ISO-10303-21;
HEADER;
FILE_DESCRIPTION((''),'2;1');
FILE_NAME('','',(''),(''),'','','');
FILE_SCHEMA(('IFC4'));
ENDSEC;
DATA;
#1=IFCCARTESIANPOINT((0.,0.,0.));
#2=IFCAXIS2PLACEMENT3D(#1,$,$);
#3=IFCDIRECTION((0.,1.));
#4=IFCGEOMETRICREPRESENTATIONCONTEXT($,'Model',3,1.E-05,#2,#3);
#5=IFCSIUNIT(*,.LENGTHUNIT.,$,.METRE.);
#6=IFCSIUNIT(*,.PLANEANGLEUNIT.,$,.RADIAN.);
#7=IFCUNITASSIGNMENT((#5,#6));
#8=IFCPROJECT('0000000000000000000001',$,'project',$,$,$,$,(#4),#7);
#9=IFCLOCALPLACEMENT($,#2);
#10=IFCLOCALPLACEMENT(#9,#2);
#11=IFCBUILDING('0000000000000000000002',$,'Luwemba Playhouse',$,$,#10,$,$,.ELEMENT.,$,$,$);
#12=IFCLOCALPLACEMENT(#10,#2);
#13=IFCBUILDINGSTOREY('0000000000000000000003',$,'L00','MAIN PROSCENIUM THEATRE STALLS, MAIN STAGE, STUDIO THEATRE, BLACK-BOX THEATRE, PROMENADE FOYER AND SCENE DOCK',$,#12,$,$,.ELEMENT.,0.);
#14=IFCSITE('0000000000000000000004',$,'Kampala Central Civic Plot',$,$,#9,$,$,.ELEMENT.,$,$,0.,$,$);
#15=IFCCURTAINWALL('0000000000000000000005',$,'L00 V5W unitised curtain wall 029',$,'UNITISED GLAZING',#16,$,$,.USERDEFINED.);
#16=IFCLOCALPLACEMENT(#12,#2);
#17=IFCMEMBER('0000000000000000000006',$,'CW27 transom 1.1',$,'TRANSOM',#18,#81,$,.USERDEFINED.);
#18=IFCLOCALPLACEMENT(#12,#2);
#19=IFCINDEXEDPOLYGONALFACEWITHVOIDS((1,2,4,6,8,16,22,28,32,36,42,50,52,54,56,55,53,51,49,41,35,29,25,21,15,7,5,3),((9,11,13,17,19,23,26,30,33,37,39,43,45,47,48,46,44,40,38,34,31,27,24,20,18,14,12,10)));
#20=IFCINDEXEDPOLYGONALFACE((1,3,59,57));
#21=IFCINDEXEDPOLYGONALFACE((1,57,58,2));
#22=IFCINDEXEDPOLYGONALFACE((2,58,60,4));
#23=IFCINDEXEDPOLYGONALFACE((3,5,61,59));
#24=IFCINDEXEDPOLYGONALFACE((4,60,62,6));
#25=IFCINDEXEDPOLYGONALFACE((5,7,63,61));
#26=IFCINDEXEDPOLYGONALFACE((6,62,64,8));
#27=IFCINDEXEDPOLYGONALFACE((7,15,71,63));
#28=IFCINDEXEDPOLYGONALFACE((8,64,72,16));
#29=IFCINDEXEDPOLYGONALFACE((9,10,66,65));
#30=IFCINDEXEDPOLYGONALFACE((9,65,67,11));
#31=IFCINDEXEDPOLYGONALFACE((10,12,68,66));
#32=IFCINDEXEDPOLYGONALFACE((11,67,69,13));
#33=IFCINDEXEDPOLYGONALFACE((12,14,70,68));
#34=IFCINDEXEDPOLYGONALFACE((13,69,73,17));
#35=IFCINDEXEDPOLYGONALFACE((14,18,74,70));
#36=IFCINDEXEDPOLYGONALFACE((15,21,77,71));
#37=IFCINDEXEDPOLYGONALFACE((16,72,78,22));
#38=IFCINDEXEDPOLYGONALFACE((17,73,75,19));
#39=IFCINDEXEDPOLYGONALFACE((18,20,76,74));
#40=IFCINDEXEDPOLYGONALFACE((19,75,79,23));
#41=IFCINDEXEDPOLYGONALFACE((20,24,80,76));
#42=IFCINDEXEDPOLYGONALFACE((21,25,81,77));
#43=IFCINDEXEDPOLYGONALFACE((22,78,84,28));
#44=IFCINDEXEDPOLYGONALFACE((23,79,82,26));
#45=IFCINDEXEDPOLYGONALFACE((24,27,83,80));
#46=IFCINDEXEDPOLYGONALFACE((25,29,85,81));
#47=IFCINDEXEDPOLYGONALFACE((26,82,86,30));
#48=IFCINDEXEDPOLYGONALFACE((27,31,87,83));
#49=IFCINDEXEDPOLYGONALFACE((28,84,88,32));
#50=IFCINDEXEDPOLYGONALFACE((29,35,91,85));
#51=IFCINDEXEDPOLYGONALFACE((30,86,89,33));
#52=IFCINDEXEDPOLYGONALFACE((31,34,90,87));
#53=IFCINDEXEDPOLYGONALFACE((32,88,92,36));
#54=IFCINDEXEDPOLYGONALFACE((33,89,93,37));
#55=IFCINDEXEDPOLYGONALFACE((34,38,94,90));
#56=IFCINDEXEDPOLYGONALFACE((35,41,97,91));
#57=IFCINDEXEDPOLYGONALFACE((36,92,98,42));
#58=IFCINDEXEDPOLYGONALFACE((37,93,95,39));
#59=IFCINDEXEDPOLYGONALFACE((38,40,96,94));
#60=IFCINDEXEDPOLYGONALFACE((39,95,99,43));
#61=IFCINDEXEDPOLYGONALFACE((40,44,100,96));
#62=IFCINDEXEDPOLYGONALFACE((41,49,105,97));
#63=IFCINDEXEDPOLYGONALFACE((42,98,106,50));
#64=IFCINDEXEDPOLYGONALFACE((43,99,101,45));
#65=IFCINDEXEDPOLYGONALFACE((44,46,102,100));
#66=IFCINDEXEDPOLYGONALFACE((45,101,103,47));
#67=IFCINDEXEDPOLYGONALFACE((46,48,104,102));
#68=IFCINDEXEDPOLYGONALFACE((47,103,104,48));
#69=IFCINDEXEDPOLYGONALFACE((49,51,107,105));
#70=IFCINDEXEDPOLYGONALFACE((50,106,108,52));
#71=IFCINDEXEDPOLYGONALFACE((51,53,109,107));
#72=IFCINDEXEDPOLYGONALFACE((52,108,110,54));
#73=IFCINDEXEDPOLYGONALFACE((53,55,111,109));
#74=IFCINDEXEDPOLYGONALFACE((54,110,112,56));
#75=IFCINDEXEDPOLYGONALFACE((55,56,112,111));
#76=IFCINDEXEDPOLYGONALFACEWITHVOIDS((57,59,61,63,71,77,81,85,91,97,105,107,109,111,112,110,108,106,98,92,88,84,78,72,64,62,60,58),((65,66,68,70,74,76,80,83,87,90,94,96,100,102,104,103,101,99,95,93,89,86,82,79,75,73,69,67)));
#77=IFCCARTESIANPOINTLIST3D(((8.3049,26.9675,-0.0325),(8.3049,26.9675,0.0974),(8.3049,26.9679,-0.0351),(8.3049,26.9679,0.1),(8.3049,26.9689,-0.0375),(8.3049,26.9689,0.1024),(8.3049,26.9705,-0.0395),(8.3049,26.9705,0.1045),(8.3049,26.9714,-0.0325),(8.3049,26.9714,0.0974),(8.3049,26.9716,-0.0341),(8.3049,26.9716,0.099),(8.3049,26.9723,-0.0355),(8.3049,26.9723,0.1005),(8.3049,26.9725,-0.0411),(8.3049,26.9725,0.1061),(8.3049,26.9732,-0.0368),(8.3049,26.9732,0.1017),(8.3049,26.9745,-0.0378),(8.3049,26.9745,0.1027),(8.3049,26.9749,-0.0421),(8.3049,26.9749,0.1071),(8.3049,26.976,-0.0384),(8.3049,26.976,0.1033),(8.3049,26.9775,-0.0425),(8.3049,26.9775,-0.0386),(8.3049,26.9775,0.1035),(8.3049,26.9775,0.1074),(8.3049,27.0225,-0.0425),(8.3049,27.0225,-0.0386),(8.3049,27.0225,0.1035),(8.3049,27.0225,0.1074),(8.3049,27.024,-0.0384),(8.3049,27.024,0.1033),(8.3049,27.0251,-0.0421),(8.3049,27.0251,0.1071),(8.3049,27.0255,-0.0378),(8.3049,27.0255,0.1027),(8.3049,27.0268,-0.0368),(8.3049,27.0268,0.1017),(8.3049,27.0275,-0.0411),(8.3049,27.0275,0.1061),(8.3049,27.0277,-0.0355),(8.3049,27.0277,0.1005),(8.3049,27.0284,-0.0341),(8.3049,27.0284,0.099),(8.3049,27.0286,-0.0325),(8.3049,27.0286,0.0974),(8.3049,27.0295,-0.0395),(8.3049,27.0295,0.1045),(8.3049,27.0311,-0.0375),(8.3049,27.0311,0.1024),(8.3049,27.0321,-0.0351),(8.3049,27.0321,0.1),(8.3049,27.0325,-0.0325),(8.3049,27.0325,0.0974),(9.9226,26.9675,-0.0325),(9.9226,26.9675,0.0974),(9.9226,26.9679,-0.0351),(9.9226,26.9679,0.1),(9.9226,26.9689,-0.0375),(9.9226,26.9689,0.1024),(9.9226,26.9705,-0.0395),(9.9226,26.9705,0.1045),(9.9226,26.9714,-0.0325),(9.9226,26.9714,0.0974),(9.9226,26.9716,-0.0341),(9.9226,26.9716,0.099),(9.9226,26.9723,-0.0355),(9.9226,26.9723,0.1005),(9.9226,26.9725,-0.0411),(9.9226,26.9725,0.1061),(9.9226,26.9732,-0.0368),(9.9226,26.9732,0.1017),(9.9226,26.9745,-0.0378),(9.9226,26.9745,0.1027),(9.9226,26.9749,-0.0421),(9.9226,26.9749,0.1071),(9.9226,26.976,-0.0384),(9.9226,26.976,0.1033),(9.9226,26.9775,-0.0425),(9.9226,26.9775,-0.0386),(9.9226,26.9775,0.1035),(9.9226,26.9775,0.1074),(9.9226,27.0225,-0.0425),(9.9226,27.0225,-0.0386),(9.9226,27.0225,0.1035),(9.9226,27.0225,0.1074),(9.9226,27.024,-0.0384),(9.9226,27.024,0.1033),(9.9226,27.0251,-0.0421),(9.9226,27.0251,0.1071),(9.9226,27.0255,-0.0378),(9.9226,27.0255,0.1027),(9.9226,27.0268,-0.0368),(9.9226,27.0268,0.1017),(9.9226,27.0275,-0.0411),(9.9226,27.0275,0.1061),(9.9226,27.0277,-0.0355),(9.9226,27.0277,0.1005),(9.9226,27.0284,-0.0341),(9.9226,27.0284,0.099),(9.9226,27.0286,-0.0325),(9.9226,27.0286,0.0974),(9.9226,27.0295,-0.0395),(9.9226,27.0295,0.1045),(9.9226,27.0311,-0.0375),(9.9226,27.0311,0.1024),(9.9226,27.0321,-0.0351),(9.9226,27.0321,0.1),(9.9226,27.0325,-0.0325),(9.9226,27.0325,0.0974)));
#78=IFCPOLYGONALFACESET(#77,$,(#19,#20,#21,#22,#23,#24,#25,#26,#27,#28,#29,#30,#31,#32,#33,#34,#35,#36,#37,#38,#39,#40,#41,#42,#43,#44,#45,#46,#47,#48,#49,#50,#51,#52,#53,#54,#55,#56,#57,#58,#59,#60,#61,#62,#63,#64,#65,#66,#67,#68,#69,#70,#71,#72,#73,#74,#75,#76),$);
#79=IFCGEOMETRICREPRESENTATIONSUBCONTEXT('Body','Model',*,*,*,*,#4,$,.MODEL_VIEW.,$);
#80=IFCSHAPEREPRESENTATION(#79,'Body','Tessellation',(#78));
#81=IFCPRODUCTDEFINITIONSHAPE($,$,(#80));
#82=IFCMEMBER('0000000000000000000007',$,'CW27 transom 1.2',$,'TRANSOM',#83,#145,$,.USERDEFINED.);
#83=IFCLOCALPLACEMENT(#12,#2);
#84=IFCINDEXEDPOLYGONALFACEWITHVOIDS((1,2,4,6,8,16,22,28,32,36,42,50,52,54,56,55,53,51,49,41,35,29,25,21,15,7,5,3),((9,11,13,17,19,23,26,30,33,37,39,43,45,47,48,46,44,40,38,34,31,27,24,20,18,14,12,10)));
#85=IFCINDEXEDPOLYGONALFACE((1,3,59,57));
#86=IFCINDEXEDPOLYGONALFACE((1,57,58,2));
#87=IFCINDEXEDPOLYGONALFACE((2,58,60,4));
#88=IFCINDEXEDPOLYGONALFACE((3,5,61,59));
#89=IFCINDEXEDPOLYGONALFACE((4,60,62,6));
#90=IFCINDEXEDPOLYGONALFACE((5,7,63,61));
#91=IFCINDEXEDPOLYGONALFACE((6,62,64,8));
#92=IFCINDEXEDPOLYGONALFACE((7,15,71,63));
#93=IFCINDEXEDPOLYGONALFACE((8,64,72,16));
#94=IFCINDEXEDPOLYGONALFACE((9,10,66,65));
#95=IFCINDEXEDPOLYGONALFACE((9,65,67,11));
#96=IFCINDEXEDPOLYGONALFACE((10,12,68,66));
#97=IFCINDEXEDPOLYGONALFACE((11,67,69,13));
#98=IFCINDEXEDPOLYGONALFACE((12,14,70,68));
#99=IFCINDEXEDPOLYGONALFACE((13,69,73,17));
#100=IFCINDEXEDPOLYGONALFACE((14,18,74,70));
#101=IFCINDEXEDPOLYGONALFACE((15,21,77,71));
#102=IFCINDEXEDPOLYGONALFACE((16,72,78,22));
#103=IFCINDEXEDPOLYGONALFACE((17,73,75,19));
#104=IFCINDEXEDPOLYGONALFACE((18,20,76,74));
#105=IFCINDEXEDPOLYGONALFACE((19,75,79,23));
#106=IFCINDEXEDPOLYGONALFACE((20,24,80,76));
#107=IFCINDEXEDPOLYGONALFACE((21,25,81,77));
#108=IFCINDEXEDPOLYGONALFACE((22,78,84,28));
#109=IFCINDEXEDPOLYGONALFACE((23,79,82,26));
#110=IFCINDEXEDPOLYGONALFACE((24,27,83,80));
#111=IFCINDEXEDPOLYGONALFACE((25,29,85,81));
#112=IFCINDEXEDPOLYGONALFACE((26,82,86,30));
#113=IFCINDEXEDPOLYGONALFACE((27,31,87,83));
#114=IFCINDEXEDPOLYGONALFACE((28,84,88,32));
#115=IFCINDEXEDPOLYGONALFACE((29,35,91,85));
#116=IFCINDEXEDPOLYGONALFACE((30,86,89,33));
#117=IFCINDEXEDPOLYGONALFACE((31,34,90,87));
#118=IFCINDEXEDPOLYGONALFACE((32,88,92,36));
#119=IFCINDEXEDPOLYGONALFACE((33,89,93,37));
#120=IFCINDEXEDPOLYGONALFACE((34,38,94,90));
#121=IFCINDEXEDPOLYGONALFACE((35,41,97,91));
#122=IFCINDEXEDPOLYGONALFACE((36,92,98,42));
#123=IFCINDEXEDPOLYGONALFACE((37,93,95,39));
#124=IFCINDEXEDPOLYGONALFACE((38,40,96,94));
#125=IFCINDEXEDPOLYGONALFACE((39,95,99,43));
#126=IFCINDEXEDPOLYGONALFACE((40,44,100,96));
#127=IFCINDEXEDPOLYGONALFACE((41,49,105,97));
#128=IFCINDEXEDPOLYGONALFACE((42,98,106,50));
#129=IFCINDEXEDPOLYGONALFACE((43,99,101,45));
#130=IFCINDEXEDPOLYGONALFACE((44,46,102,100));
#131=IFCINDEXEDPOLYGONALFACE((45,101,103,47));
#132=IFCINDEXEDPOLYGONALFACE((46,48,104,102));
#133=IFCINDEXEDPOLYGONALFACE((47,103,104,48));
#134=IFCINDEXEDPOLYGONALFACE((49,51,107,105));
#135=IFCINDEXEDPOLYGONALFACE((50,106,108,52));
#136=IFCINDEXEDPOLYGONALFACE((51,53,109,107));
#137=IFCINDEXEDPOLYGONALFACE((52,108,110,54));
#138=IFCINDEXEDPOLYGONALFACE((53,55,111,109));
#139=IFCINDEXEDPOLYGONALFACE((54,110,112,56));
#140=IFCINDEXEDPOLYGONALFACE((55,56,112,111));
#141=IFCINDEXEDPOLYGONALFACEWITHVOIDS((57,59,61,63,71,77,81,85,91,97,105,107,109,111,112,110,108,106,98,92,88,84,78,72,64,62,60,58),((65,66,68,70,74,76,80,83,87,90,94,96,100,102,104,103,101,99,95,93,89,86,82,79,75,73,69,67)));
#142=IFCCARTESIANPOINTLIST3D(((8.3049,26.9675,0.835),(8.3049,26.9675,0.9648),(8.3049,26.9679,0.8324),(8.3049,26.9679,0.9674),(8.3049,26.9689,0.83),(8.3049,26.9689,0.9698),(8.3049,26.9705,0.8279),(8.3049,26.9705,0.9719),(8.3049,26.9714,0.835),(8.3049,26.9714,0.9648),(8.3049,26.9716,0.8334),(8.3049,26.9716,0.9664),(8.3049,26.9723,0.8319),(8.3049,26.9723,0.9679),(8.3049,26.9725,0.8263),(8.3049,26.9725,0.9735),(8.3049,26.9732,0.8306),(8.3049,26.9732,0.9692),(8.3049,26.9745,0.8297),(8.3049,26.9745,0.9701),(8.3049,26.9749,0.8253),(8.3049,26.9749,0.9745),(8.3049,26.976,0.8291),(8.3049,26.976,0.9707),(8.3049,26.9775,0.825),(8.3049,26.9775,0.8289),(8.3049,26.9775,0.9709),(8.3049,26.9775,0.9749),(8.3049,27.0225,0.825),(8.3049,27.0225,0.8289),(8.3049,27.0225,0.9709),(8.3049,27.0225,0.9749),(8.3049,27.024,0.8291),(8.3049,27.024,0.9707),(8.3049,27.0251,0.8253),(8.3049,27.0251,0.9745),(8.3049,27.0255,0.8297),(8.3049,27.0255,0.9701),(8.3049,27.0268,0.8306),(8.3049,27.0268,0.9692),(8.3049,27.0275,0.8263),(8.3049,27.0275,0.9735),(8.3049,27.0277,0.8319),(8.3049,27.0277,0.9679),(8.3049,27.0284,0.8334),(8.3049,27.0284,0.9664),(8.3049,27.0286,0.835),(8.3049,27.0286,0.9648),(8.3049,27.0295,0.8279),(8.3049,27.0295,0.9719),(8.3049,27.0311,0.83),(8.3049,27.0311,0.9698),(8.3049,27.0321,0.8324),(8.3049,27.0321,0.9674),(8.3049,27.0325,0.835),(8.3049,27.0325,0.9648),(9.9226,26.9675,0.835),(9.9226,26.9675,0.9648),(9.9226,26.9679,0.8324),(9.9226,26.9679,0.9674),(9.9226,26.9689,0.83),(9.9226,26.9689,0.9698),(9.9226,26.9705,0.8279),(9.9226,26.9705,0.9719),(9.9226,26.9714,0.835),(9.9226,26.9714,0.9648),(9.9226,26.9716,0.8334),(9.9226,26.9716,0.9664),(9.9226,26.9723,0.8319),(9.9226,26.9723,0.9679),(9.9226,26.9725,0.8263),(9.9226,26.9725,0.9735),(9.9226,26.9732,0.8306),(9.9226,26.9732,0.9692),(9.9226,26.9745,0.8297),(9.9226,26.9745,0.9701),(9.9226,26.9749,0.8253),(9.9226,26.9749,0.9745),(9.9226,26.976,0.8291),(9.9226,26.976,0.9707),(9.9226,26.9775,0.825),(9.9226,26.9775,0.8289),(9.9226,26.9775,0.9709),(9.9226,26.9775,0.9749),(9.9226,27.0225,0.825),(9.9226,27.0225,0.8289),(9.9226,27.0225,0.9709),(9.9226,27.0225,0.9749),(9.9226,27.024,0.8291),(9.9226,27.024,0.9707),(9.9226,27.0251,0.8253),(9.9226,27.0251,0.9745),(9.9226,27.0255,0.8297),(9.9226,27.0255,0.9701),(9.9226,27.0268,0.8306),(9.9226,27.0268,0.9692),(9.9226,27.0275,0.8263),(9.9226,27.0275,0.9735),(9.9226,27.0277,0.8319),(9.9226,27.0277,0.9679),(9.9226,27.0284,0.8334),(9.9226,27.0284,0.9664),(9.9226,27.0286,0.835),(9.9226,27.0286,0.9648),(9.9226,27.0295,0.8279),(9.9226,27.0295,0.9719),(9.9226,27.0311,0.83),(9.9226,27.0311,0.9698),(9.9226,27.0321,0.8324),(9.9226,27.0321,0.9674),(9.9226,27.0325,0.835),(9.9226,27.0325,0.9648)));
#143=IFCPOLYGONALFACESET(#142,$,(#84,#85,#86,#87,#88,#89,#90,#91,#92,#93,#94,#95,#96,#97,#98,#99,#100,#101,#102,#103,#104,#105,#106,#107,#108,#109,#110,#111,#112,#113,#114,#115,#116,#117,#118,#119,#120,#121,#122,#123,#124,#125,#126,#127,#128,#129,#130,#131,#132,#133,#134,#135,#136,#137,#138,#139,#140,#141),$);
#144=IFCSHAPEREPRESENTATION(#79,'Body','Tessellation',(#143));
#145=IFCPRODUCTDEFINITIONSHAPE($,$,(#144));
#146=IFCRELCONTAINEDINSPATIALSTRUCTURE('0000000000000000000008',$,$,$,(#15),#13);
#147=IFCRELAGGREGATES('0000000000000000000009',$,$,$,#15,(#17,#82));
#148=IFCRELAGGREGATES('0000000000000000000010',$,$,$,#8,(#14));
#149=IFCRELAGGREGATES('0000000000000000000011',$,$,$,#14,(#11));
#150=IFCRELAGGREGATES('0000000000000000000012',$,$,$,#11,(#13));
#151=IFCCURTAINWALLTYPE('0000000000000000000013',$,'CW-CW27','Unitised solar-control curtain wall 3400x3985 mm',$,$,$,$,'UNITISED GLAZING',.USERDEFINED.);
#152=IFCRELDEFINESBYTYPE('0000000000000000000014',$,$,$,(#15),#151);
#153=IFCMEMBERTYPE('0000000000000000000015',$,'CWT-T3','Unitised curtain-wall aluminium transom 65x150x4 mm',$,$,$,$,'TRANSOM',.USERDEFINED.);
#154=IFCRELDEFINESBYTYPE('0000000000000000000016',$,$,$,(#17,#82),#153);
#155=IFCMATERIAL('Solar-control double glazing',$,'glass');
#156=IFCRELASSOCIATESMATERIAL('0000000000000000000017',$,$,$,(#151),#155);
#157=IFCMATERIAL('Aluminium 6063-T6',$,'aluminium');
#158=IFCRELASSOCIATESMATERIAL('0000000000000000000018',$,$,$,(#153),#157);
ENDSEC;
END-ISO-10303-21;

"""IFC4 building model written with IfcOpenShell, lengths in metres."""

from ifc_helpers import new_model, si_unit, direction, frame, origin, origin_2d, place, context, subcontext, project, spatial, hollow_rectangle, extrude, material, material_profile, profile_set, type_object, element, aggregate, save


model = new_model("IFC4")

# Units and contexts
model_context = context("Model", 3, precision=1e-05, world=origin(), true_north=direction((0.0, 1.0)))
body_context = subcontext(model_context, "Body", "Model", "MODEL_VIEW")
ifc_project = project(units=[si_unit("LENGTHUNIT", "METRE"), si_unit("PLANEANGLEUNIT", "RADIAN")], contexts=[model_context])

# Site, building, storey
site_placement = place(None, origin())
site = spatial("IfcSite", under=ifc_project, at=site_placement, Name="Kampala Central Civic Plot", CompositionType="ELEMENT", RefElevation=0.0)
building_placement = place(site_placement, origin())
building = spatial("IfcBuilding", under=site, at=building_placement, Name="Luwemba Playhouse", CompositionType="ELEMENT")
storey_placement = place(building_placement, origin())
storey = spatial("IfcBuildingStorey", under=building, at=storey_placement, Name="L00", Description="MAIN PROSCENIUM THEATRE STALLS, MAIN STAGE, STUDIO THEATRE, BLACK-BOX THEATRE, PROMENADE FOYER AND SCENE DOCK", CompositionType="ELEMENT", Elevation=0.0)

# Curtain wall
ifc_material_1 = material(Name="Solar-control double glazing", Category="glass")
ifc_material_2 = material(Name="Aluminium 6063-T6", Category="aluminium")
curtain_wall_type_1 = type_object("IfcCurtainWallType", Name="CW-CW27", Description="Unitised solar-control curtain wall 3400x3985 mm", ElementType="UNITISED GLAZING", PredefinedType="USERDEFINED", material=ifc_material_1)
curtain_wall_1_placement = place(storey_placement, origin())
curtain_wall_1 = element("IfcCurtainWall", 1, at=curtain_wall_1_placement, inside=storey, type_object=curtain_wall_type_1, Name="L00 V5W unitised curtain wall 029", ObjectType="UNITISED GLAZING", PredefinedType="USERDEFINED")

# Members
ifc_material_profile_1 = material_profile(ifc_material_2, hollow_rectangle(XDim=0.0649, YDim=0.1499, WallThickness=0.0039, InnerFilletRadius=0.0061, OuterFilletRadius=0.01, at=origin_2d()))
ifc_profile_set_1 = profile_set([ifc_material_profile_1], Name="Aluminium 6063-T6")
member_type_1 = type_object("IfcMemberType", Name="CWT-T3", Description="Unitised curtain-wall aluminium transom 65x150x4 mm", ElementType="TRANSOM", PredefinedType="USERDEFINED", material=ifc_profile_set_1)
member_1_placement = place(storey_placement, frame((8.3049, 27.0, 0.0325), z_axis=(1.0, 0.0, 0.0), x_axis=(0.0, 1.0, 0.0)))
member_1 = element("IfcMember", 2, at=member_1_placement, type_object=member_type_1, Name="CW27 transom 1.1", ObjectType="TRANSOM", PredefinedType="USERDEFINED", context=body_context, shape_type="SweptSolid", body=[
    extrude(hollow_rectangle(XDim=0.0649, YDim=0.1499, WallThickness=0.0039, InnerFilletRadius=0.0061, OuterFilletRadius=0.01, at=origin_2d()), origin(), (0.0, 0.0, 1.0), 1.6177),
])
member_2_placement = place(storey_placement, frame((8.3049, 27.0, 0.8999), z_axis=(1.0, 0.0, 0.0), x_axis=(0.0, 1.0, 0.0)))
member_2 = element("IfcMember", 3, at=member_2_placement, type_object=member_type_1, Name="CW27 transom 1.2", ObjectType="TRANSOM", PredefinedType="USERDEFINED", context=body_context, shape_type="SweptSolid", body=[
    extrude(hollow_rectangle(XDim=0.0649, YDim=0.1499, WallThickness=0.0039, InnerFilletRadius=0.0061, OuterFilletRadius=0.01, at=origin_2d()), origin(), (0.0, 0.0, 1.0), 1.6177),
])

aggregate(curtain_wall_1, [member_1, member_2])

save(model, "model.ifc")
